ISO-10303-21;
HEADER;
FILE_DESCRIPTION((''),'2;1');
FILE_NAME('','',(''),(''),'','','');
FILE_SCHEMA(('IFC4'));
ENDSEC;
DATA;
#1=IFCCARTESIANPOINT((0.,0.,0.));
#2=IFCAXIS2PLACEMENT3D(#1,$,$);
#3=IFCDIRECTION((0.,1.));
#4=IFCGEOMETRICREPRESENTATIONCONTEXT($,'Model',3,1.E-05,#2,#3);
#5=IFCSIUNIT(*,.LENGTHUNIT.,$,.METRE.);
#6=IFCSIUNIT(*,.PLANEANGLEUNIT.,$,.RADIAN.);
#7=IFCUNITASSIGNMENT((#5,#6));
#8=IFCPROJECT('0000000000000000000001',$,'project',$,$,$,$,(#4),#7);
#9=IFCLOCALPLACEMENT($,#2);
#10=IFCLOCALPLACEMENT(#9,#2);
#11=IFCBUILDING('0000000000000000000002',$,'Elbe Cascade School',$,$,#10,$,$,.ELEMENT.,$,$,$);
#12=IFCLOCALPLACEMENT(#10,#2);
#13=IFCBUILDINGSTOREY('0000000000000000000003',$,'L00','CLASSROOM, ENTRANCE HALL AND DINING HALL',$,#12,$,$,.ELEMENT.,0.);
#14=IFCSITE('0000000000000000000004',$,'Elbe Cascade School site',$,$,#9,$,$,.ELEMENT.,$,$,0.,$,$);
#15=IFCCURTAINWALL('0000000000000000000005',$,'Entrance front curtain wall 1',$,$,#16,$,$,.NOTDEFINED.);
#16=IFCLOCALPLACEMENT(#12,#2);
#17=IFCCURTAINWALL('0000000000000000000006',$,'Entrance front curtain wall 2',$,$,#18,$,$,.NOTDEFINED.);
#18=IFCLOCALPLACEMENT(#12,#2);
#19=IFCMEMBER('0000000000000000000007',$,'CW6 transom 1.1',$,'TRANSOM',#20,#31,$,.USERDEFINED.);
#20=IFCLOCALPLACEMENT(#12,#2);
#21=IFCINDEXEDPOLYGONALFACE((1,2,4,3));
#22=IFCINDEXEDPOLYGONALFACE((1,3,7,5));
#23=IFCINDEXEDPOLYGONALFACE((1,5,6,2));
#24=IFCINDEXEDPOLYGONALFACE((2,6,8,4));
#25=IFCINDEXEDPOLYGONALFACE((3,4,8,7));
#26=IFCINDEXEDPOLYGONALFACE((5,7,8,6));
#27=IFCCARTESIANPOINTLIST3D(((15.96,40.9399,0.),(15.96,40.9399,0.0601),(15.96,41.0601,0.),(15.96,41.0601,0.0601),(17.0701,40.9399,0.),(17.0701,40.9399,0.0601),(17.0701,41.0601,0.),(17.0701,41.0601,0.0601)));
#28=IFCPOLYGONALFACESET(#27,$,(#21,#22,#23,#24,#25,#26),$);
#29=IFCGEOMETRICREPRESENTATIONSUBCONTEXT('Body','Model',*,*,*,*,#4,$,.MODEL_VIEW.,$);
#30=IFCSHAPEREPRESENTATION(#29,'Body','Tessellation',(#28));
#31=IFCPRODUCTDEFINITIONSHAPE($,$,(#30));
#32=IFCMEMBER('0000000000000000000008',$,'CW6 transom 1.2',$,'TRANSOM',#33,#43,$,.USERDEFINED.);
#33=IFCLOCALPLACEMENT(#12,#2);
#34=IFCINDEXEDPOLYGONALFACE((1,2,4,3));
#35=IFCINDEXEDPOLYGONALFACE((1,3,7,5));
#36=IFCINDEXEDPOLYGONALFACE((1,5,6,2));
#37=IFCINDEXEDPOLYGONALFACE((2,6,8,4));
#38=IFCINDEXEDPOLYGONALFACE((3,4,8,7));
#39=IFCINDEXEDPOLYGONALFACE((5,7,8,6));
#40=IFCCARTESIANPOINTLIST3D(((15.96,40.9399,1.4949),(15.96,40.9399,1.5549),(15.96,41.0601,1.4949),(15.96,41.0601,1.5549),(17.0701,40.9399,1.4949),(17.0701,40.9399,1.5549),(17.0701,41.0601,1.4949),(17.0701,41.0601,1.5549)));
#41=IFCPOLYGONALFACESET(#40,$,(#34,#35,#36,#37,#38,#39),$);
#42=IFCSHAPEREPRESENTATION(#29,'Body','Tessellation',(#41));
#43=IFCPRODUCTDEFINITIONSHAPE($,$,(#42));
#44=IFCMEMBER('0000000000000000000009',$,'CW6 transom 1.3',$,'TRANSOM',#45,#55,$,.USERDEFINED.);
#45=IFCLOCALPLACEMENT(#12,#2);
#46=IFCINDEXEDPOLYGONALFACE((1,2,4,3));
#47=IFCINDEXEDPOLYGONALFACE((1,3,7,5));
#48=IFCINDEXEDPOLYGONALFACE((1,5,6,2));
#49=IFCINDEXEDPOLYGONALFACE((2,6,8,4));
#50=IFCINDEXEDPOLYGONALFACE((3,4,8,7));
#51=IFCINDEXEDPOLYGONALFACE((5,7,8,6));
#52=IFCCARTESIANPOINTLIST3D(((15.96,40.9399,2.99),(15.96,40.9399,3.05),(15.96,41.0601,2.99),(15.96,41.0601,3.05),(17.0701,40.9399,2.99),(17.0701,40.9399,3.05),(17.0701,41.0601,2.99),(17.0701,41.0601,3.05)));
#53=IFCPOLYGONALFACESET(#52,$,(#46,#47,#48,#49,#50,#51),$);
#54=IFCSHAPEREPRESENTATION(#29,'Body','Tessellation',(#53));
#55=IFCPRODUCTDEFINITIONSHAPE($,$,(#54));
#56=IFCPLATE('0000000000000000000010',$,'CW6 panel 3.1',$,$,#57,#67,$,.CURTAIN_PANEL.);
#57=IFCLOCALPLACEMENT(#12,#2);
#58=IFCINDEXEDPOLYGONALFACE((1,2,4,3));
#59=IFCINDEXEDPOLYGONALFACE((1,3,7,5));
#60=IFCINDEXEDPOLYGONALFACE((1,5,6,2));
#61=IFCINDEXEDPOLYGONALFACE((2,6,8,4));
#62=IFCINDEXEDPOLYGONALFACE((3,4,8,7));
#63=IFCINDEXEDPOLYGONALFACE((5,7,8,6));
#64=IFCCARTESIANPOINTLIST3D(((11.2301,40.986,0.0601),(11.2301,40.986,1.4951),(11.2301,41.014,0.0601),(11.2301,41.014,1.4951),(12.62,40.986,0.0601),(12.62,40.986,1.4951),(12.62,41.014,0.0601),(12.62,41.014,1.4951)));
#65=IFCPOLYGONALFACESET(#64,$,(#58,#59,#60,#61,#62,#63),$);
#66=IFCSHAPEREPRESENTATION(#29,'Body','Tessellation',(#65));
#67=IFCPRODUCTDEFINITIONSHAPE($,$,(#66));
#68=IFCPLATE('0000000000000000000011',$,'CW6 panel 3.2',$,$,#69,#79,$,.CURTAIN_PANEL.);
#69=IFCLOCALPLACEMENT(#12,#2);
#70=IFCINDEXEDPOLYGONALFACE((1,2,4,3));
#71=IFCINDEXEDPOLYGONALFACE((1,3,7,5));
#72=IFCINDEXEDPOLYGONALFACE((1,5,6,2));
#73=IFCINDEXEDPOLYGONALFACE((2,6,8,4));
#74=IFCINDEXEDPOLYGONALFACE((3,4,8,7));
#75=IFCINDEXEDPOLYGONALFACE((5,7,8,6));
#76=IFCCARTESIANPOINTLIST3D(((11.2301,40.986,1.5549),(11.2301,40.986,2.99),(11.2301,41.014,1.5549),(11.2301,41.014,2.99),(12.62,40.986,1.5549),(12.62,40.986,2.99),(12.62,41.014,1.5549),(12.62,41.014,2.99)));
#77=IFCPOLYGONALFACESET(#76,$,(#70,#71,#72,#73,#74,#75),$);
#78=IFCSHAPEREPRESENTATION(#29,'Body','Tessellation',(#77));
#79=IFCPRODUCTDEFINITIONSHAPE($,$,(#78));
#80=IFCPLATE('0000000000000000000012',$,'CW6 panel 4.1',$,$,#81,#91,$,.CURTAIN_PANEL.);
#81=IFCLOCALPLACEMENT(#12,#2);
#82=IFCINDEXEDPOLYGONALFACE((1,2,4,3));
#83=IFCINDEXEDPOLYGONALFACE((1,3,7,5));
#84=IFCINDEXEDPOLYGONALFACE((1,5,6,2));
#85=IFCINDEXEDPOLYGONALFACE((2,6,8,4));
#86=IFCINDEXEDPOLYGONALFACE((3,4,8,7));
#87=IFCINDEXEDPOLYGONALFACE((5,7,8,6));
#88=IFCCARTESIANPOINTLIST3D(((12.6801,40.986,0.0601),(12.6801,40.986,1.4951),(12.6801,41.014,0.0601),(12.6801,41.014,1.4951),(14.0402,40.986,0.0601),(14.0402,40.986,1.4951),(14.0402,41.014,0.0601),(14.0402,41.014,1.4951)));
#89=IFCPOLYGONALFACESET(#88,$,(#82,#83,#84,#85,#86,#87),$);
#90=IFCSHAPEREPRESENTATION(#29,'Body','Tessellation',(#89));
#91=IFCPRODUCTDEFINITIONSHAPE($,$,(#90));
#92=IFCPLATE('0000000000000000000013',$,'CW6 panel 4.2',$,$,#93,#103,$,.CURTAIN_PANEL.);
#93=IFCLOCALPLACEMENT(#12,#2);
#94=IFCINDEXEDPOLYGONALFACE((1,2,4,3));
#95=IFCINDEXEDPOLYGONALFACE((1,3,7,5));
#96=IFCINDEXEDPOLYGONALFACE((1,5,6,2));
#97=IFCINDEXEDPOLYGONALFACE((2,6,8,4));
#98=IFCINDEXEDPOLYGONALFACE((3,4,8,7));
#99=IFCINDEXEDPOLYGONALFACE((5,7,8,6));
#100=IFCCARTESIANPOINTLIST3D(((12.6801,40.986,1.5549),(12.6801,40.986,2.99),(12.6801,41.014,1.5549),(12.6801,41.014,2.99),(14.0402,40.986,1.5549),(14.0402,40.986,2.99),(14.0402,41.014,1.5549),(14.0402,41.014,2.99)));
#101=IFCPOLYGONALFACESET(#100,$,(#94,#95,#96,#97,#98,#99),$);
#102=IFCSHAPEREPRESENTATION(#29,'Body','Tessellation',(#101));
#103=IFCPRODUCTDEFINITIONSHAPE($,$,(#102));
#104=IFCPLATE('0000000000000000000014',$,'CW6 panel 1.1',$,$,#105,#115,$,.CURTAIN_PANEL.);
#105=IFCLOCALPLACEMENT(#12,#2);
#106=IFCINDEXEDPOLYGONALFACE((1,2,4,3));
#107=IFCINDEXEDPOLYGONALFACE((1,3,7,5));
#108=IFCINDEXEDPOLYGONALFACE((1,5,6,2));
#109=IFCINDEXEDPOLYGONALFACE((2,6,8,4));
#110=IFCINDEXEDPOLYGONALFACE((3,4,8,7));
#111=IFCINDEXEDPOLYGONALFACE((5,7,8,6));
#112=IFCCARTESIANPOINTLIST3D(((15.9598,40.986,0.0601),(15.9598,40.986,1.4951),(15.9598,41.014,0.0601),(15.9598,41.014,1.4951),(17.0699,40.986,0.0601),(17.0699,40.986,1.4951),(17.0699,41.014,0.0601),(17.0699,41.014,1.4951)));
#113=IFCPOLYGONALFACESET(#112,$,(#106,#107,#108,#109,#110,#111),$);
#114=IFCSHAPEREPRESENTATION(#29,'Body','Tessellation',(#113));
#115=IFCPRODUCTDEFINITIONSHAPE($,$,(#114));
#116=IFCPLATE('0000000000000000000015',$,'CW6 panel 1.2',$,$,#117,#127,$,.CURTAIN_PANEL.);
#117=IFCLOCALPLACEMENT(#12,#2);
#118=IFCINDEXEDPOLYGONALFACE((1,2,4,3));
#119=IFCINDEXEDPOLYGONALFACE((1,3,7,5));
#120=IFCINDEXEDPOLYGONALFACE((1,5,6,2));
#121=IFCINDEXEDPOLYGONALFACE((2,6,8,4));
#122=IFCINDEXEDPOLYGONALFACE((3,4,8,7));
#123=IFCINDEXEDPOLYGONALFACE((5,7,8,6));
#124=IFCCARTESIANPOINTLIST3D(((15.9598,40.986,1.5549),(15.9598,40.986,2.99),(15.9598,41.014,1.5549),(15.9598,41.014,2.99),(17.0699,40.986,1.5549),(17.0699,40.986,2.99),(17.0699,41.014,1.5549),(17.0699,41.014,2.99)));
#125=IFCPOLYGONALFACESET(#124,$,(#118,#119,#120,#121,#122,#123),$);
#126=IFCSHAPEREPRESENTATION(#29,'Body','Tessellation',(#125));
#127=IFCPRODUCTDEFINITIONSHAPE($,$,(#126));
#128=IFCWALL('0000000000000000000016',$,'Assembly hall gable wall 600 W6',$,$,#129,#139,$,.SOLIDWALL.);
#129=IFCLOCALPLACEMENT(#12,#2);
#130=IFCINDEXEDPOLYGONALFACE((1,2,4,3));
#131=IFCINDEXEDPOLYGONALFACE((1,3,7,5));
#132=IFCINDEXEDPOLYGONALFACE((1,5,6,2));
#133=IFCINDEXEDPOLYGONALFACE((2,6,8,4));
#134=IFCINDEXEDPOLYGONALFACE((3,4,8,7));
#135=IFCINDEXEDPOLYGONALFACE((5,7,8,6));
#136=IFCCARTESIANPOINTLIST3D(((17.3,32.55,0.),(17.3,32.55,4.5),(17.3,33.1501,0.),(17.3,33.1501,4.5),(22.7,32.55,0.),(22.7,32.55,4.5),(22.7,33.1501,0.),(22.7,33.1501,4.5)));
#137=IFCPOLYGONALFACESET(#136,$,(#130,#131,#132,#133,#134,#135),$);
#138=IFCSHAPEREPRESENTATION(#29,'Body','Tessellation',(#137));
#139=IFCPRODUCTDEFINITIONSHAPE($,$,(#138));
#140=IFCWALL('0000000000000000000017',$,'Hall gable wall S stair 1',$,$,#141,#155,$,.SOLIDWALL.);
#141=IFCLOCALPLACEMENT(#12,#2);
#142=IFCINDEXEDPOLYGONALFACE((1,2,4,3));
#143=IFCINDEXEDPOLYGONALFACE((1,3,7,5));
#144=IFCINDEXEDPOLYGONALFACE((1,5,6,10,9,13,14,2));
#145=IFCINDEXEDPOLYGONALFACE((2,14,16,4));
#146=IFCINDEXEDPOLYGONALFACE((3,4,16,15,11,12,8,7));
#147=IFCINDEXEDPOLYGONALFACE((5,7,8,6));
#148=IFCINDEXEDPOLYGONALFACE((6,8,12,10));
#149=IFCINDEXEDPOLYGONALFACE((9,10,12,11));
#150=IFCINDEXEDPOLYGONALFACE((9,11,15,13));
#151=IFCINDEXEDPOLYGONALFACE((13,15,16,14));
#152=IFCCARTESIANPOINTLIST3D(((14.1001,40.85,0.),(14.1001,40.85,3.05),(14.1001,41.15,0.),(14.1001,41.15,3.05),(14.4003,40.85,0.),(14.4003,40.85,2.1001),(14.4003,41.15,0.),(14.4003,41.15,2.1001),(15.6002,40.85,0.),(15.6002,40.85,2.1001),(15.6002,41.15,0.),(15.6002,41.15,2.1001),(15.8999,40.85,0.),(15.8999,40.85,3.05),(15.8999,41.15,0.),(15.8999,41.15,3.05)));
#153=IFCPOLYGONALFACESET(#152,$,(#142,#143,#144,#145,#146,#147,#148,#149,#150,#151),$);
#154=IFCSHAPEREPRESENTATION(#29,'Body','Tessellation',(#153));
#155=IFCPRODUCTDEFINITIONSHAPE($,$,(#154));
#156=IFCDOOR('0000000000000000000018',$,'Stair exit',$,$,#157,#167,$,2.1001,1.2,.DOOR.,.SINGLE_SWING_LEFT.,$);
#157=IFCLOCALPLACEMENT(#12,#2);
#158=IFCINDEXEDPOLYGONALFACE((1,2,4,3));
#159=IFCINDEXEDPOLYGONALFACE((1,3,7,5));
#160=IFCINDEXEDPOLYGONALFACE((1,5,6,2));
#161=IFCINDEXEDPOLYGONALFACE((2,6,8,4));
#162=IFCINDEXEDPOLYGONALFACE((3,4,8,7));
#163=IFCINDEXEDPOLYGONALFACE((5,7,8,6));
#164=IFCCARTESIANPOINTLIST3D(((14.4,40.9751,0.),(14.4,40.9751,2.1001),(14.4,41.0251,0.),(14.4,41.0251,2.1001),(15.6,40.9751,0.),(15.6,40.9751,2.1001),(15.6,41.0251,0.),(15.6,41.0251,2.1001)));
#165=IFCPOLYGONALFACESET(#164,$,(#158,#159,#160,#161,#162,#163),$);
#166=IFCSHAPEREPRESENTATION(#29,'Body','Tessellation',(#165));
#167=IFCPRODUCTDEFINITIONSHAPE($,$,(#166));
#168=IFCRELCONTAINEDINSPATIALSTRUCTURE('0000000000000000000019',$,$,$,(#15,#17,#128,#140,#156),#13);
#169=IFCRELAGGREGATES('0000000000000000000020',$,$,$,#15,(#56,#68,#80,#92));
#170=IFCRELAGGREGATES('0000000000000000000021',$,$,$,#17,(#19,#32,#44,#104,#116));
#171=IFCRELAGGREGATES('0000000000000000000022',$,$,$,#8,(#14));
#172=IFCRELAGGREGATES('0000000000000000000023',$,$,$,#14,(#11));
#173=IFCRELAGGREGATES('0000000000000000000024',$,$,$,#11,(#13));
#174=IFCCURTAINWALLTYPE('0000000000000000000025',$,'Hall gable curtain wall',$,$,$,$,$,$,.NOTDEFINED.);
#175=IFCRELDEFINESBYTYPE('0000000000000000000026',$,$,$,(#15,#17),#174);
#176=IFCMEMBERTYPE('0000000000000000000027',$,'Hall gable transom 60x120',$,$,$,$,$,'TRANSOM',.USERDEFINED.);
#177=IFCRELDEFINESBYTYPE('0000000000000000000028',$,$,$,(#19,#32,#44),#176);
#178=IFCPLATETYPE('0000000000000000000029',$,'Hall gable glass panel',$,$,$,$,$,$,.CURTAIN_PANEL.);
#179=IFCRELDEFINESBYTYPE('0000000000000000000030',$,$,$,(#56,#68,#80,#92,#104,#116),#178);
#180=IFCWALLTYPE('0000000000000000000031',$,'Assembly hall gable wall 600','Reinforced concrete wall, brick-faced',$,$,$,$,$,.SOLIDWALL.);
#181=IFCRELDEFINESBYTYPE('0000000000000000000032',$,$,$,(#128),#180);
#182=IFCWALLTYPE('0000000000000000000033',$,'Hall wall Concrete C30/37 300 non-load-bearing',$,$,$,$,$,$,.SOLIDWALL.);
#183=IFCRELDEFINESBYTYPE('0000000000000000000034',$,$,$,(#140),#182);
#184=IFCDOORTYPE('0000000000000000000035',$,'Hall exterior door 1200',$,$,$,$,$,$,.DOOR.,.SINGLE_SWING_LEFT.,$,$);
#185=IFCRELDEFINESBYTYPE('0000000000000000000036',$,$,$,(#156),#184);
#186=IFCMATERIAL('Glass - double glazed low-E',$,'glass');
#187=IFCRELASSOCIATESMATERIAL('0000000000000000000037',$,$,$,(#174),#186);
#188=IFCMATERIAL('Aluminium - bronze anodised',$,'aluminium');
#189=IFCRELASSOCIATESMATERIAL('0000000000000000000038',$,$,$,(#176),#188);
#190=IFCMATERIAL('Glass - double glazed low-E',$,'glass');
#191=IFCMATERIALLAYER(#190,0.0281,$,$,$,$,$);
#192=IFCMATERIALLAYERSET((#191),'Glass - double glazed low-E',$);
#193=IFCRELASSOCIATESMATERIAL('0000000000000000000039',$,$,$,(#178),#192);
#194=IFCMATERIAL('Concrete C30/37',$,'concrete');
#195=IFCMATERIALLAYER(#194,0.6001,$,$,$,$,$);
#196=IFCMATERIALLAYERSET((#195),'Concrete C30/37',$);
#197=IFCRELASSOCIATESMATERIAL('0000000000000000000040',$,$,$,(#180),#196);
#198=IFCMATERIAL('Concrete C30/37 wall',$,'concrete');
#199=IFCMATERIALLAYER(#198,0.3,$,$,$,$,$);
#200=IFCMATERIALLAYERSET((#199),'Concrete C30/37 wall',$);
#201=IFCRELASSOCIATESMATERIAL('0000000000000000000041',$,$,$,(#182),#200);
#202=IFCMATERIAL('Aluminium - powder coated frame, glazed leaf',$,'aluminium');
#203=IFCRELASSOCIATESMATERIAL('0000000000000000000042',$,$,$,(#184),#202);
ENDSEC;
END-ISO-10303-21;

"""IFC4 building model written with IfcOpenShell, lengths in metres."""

from ifc_helpers import new_model, si_unit, direction, frame, frame_2d, origin, origin_2d, place, context, subcontext, project, spatial, rectangle, extrude, material, layer, layer_set, material_profile, profile_set, type_object, element, fill, aggregate, save


model = new_model("IFC4")

# Units and contexts
model_context = context("Model", 3, precision=1e-05, world=origin(), true_north=direction((0.0, 1.0)))
body_context = subcontext(model_context, "Body", "Model", "MODEL_VIEW")
ifc_project = project(units=[si_unit("LENGTHUNIT", "METRE"), si_unit("PLANEANGLEUNIT", "RADIAN")], contexts=[model_context])

# Site, building, storey
site_placement = place(None, origin())
site = spatial("IfcSite", under=ifc_project, at=site_placement, Name="Elbe Cascade School site", CompositionType="ELEMENT", RefElevation=0.0)
building_placement = place(site_placement, origin())
building = spatial("IfcBuilding", under=site, at=building_placement, Name="Elbe Cascade School", CompositionType="ELEMENT")
storey_placement = place(building_placement, origin())
storey = spatial("IfcBuildingStorey", under=building, at=storey_placement, Name="L00", Description="CLASSROOM, ENTRANCE HALL AND DINING HALL", CompositionType="ELEMENT", Elevation=0.0)

# Curtain wall
ifc_material_1 = material(Name="Glass - double glazed low-E", Category="glass")
curtain_wall_type = type_object("IfcCurtainWallType", Name="Hall gable curtain wall", PredefinedType="NOTDEFINED", material=ifc_material_1)
curtain_wall_1_placement = place(storey_placement, origin())
curtain_wall_1 = element("IfcCurtainWall", 1, at=curtain_wall_1_placement, inside=storey, type_object=curtain_wall_type, Name="Entrance front curtain wall 1", PredefinedType="NOTDEFINED")

# Curtain wall
curtain_wall_2_placement = place(storey_placement, origin())
curtain_wall_2 = element("IfcCurtainWall", 2, at=curtain_wall_2_placement, inside=storey, type_object=curtain_wall_type, Name="Entrance front curtain wall 2", PredefinedType="NOTDEFINED")

# Members
ifc_material_2 = material(Name="Aluminium - bronze anodised", Category="aluminium")
ifc_material_profile_1 = material_profile(ifc_material_2, rectangle(XDim=0.1201, YDim=0.0601, at=origin_2d()), Name="Alu 60x120")
ifc_profile_set_1 = profile_set([ifc_material_profile_1], Name="Aluminium - bronze anodised")
member_type_1 = type_object("IfcMemberType", Name="Hall gable transom 60x120", ElementType="TRANSOM", PredefinedType="USERDEFINED", material=ifc_profile_set_1)
member_1_placement = place(storey_placement, frame((15.96, 41.0, 0.03), z_axis=(1.0, 0.0, 0.0), x_axis=(0.0, 1.0, 0.0)))
member_1 = element("IfcMember", 3, at=member_1_placement, type_object=member_type_1, Name="CW6 transom 1.1", ObjectType="TRANSOM", PredefinedType="USERDEFINED", context=body_context, shape_type="SweptSolid", body=[
    extrude(rectangle(XDim=0.1201, YDim=0.0601, at=origin_2d()), origin(), (0.0, 0.0, 1.0), 1.1101),
])
member_2_placement = place(storey_placement, frame((15.96, 41.0, 1.5249), z_axis=(1.0, 0.0, 0.0), x_axis=(0.0, 1.0, 0.0)))
member_2 = element("IfcMember", 4, at=member_2_placement, type_object=member_type_1, Name="CW6 transom 1.2", ObjectType="TRANSOM", PredefinedType="USERDEFINED", context=body_context, shape_type="SweptSolid", body=[
    extrude(rectangle(XDim=0.1201, YDim=0.0601, at=origin_2d()), origin(), (0.0, 0.0, 1.0), 1.1101),
])
member_3_placement = place(storey_placement, frame((15.96, 41.0, 3.02), z_axis=(1.0, 0.0, 0.0), x_axis=(0.0, 1.0, 0.0)))
member_3 = element("IfcMember", 5, at=member_3_placement, type_object=member_type_1, Name="CW6 transom 1.3", ObjectType="TRANSOM", PredefinedType="USERDEFINED", context=body_context, shape_type="SweptSolid", body=[
    extrude(rectangle(XDim=0.1201, YDim=0.0601, at=origin_2d()), origin(), (0.0, 0.0, 1.0), 1.1101),
])

# Plates
ifc_material_3 = material(Name="Glass - double glazed low-E", Category="glass")
ifc_layer_1 = layer(ifc_material_3, 0.0281)
ifc_layer_set_1 = layer_set([ifc_layer_1], Name="Glass - double glazed low-E")
plate_type = type_object("IfcPlateType", Name="Hall gable glass panel", PredefinedType="CURTAIN_PANEL", material=ifc_layer_set_1)
plate_1_placement = place(storey_placement, frame((11.925, 41.0, 0.0601), z_axis=(0.0, 0.0, 1.0), x_axis=(1.0, 0.0, 0.0)))
plate_1 = element("IfcPlate", 6, at=plate_1_placement, type_object=plate_type, Name="CW6 panel 3.1", PredefinedType="CURTAIN_PANEL", context=body_context, shape_type="SweptSolid", body=[
    extrude(rectangle(XDim=1.3899, YDim=0.0281, at=origin_2d()), origin(), (0.0, 0.0, 1.0), 1.4351),
])
plate_2_placement = place(storey_placement, frame((11.925, 41.0, 1.5549), z_axis=(0.0, 0.0, 1.0), x_axis=(1.0, 0.0, 0.0)))
plate_2 = element("IfcPlate", 7, at=plate_2_placement, type_object=plate_type, Name="CW6 panel 3.2", PredefinedType="CURTAIN_PANEL", context=body_context, shape_type="SweptSolid", body=[
    extrude(rectangle(XDim=1.3899, YDim=0.0281, at=origin_2d()), origin(), (0.0, 0.0, 1.0), 1.4351),
])
plate_3_placement = place(storey_placement, frame((13.3601, 41.0, 0.0601), z_axis=(0.0, 0.0, 1.0), x_axis=(1.0, 0.0, 0.0)))
plate_3 = element("IfcPlate", 8, at=plate_3_placement, type_object=plate_type, Name="CW6 panel 4.1", PredefinedType="CURTAIN_PANEL", context=body_context, shape_type="SweptSolid", body=[
    extrude(rectangle(XDim=1.3601, YDim=0.0281, at=origin_2d()), origin(), (0.0, 0.0, 1.0), 1.4351),
])
plate_4_placement = place(storey_placement, frame((13.3601, 41.0, 1.5549), z_axis=(0.0, 0.0, 1.0), x_axis=(1.0, 0.0, 0.0)))
plate_4 = element("IfcPlate", 9, at=plate_4_placement, type_object=plate_type, Name="CW6 panel 4.2", PredefinedType="CURTAIN_PANEL", context=body_context, shape_type="SweptSolid", body=[
    extrude(rectangle(XDim=1.3601, YDim=0.0281, at=origin_2d()), origin(), (0.0, 0.0, 1.0), 1.4351),
])
aggregate(curtain_wall_1, [plate_1, plate_2, plate_3, plate_4])
plate_5_placement = place(storey_placement, frame((16.5149, 41.0, 0.0601), z_axis=(0.0, 0.0, 1.0), x_axis=(1.0, 0.0, 0.0)))
plate_5 = element("IfcPlate", 10, at=plate_5_placement, type_object=plate_type, Name="CW6 panel 1.1", PredefinedType="CURTAIN_PANEL", context=body_context, shape_type="SweptSolid", body=[
    extrude(rectangle(XDim=1.1101, YDim=0.0281, at=origin_2d()), origin(), (0.0, 0.0, 1.0), 1.4351),
])
plate_6_placement = place(storey_placement, frame((16.5149, 41.0, 1.5549), z_axis=(0.0, 0.0, 1.0), x_axis=(1.0, 0.0, 0.0)))
plate_6 = element("IfcPlate", 11, at=plate_6_placement, type_object=plate_type, Name="CW6 panel 1.2", PredefinedType="CURTAIN_PANEL", context=body_context, shape_type="SweptSolid", body=[
    extrude(rectangle(XDim=1.1101, YDim=0.0281, at=origin_2d()), origin(), (0.0, 0.0, 1.0), 1.4351),
])
aggregate(curtain_wall_2, [member_1, member_2, member_3, plate_5, plate_6])

# Wall
ifc_material_4 = material(Name="Concrete C30/37", Category="concrete")
ifc_layer_2 = layer(ifc_material_4, 0.6001)
ifc_layer_set_2 = layer_set([ifc_layer_2], Name="Concrete C30/37")
wall_type_1 = type_object("IfcWallType", Name="Assembly hall gable wall 600", Description="Reinforced concrete wall, brick-faced", PredefinedType="SOLIDWALL", material=ifc_layer_set_2)
wall_1_placement = place(storey_placement, frame((17.3, 32.8501, 0.0), z_axis=(0.0, 0.0, 1.0), x_axis=(1.0, 0.0, 0.0)))
element("IfcWall", 12, at=wall_1_placement, inside=storey, type_object=wall_type_1, Name="Assembly hall gable wall 600 W6", PredefinedType="SOLIDWALL", context=body_context, shape_type="SweptSolid", body=[
    extrude(rectangle(XDim=5.3999, YDim=0.6001, at=frame_2d((2.7, 0.0))), origin(), (0.0, 0.0, 1.0), 4.5),
])

# Wall, opening, door
ifc_material_5 = material(Name="Concrete C30/37 wall", Category="concrete")
ifc_layer_3 = layer(ifc_material_5, 0.3)
ifc_layer_set_3 = layer_set([ifc_layer_3], Name="Concrete C30/37 wall")
wall_type_2 = type_object("IfcWallType", Name="Hall wall Concrete C30/37 300 non-load-bearing", PredefinedType="SOLIDWALL", material=ifc_layer_set_3)
wall_2_placement = place(storey_placement, frame((14.1001, 41.0, 0.0), z_axis=(0.0, 0.0, 1.0), x_axis=(1.0, 0.0, 0.0)))
wall_2 = element("IfcWall", 13, at=wall_2_placement, inside=storey, type_object=wall_type_2, Name="Hall gable wall S stair 1", PredefinedType="SOLIDWALL", context=body_context, shape_type="SweptSolid", body=[
    extrude(rectangle(XDim=1.7998, YDim=0.3, at=frame_2d((0.8999, 0.0))), origin(), (0.0, 0.0, 1.0), 3.05),
])
opening_placement = place(wall_2_placement, frame((0.3, 0.0, 0.0)))
opening = element("IfcOpeningElement", 14, at=opening_placement, cuts=wall_2, PredefinedType="OPENING", context=body_context, shape_type="SweptSolid", body=[
    extrude(rectangle(XDim=1.2, YDim=2.1001, at=frame_2d((0.6001, 1.05))), frame((0.0, 0.1599, 0.0), z_axis=(0.0, -1.0, 0.0), x_axis=(1.0, 0.0, 0.0)), (0.0, 0.0, 1.0), 0.3201),
])
ifc_material_6 = material(Name="Aluminium - powder coated frame, glazed leaf", Category="aluminium")
door_type = type_object("IfcDoorType", Name="Hall exterior door 1200", OperationType="SINGLE_SWING_LEFT", PredefinedType="DOOR", material=ifc_material_6)
door_placement = place(opening_placement, frame((1.2, 0.0, 0.0), z_axis=(0.0, 0.0, 1.0), x_axis=(-1.0, 0.0, 0.0)))
door = element("IfcDoor", 15, at=door_placement, inside=storey, type_object=door_type, Name="Stair exit", OperationType="SINGLE_SWING_LEFT", OverallHeight=2.1001, OverallWidth=1.2, PredefinedType="DOOR", context=body_context, shape_type="SweptSolid", body=[
    extrude(rectangle(XDim=1.2, YDim=2.1001, at=frame_2d((0.6001, 1.05))), frame((0.0, 0.0249, 0.0), z_axis=(0.0, -1.0, 0.0), x_axis=(1.0, 0.0, 0.0)), (0.0, 0.0, 1.0), 0.05),
])
fill(opening, door)

save(model, "model.ifc")
